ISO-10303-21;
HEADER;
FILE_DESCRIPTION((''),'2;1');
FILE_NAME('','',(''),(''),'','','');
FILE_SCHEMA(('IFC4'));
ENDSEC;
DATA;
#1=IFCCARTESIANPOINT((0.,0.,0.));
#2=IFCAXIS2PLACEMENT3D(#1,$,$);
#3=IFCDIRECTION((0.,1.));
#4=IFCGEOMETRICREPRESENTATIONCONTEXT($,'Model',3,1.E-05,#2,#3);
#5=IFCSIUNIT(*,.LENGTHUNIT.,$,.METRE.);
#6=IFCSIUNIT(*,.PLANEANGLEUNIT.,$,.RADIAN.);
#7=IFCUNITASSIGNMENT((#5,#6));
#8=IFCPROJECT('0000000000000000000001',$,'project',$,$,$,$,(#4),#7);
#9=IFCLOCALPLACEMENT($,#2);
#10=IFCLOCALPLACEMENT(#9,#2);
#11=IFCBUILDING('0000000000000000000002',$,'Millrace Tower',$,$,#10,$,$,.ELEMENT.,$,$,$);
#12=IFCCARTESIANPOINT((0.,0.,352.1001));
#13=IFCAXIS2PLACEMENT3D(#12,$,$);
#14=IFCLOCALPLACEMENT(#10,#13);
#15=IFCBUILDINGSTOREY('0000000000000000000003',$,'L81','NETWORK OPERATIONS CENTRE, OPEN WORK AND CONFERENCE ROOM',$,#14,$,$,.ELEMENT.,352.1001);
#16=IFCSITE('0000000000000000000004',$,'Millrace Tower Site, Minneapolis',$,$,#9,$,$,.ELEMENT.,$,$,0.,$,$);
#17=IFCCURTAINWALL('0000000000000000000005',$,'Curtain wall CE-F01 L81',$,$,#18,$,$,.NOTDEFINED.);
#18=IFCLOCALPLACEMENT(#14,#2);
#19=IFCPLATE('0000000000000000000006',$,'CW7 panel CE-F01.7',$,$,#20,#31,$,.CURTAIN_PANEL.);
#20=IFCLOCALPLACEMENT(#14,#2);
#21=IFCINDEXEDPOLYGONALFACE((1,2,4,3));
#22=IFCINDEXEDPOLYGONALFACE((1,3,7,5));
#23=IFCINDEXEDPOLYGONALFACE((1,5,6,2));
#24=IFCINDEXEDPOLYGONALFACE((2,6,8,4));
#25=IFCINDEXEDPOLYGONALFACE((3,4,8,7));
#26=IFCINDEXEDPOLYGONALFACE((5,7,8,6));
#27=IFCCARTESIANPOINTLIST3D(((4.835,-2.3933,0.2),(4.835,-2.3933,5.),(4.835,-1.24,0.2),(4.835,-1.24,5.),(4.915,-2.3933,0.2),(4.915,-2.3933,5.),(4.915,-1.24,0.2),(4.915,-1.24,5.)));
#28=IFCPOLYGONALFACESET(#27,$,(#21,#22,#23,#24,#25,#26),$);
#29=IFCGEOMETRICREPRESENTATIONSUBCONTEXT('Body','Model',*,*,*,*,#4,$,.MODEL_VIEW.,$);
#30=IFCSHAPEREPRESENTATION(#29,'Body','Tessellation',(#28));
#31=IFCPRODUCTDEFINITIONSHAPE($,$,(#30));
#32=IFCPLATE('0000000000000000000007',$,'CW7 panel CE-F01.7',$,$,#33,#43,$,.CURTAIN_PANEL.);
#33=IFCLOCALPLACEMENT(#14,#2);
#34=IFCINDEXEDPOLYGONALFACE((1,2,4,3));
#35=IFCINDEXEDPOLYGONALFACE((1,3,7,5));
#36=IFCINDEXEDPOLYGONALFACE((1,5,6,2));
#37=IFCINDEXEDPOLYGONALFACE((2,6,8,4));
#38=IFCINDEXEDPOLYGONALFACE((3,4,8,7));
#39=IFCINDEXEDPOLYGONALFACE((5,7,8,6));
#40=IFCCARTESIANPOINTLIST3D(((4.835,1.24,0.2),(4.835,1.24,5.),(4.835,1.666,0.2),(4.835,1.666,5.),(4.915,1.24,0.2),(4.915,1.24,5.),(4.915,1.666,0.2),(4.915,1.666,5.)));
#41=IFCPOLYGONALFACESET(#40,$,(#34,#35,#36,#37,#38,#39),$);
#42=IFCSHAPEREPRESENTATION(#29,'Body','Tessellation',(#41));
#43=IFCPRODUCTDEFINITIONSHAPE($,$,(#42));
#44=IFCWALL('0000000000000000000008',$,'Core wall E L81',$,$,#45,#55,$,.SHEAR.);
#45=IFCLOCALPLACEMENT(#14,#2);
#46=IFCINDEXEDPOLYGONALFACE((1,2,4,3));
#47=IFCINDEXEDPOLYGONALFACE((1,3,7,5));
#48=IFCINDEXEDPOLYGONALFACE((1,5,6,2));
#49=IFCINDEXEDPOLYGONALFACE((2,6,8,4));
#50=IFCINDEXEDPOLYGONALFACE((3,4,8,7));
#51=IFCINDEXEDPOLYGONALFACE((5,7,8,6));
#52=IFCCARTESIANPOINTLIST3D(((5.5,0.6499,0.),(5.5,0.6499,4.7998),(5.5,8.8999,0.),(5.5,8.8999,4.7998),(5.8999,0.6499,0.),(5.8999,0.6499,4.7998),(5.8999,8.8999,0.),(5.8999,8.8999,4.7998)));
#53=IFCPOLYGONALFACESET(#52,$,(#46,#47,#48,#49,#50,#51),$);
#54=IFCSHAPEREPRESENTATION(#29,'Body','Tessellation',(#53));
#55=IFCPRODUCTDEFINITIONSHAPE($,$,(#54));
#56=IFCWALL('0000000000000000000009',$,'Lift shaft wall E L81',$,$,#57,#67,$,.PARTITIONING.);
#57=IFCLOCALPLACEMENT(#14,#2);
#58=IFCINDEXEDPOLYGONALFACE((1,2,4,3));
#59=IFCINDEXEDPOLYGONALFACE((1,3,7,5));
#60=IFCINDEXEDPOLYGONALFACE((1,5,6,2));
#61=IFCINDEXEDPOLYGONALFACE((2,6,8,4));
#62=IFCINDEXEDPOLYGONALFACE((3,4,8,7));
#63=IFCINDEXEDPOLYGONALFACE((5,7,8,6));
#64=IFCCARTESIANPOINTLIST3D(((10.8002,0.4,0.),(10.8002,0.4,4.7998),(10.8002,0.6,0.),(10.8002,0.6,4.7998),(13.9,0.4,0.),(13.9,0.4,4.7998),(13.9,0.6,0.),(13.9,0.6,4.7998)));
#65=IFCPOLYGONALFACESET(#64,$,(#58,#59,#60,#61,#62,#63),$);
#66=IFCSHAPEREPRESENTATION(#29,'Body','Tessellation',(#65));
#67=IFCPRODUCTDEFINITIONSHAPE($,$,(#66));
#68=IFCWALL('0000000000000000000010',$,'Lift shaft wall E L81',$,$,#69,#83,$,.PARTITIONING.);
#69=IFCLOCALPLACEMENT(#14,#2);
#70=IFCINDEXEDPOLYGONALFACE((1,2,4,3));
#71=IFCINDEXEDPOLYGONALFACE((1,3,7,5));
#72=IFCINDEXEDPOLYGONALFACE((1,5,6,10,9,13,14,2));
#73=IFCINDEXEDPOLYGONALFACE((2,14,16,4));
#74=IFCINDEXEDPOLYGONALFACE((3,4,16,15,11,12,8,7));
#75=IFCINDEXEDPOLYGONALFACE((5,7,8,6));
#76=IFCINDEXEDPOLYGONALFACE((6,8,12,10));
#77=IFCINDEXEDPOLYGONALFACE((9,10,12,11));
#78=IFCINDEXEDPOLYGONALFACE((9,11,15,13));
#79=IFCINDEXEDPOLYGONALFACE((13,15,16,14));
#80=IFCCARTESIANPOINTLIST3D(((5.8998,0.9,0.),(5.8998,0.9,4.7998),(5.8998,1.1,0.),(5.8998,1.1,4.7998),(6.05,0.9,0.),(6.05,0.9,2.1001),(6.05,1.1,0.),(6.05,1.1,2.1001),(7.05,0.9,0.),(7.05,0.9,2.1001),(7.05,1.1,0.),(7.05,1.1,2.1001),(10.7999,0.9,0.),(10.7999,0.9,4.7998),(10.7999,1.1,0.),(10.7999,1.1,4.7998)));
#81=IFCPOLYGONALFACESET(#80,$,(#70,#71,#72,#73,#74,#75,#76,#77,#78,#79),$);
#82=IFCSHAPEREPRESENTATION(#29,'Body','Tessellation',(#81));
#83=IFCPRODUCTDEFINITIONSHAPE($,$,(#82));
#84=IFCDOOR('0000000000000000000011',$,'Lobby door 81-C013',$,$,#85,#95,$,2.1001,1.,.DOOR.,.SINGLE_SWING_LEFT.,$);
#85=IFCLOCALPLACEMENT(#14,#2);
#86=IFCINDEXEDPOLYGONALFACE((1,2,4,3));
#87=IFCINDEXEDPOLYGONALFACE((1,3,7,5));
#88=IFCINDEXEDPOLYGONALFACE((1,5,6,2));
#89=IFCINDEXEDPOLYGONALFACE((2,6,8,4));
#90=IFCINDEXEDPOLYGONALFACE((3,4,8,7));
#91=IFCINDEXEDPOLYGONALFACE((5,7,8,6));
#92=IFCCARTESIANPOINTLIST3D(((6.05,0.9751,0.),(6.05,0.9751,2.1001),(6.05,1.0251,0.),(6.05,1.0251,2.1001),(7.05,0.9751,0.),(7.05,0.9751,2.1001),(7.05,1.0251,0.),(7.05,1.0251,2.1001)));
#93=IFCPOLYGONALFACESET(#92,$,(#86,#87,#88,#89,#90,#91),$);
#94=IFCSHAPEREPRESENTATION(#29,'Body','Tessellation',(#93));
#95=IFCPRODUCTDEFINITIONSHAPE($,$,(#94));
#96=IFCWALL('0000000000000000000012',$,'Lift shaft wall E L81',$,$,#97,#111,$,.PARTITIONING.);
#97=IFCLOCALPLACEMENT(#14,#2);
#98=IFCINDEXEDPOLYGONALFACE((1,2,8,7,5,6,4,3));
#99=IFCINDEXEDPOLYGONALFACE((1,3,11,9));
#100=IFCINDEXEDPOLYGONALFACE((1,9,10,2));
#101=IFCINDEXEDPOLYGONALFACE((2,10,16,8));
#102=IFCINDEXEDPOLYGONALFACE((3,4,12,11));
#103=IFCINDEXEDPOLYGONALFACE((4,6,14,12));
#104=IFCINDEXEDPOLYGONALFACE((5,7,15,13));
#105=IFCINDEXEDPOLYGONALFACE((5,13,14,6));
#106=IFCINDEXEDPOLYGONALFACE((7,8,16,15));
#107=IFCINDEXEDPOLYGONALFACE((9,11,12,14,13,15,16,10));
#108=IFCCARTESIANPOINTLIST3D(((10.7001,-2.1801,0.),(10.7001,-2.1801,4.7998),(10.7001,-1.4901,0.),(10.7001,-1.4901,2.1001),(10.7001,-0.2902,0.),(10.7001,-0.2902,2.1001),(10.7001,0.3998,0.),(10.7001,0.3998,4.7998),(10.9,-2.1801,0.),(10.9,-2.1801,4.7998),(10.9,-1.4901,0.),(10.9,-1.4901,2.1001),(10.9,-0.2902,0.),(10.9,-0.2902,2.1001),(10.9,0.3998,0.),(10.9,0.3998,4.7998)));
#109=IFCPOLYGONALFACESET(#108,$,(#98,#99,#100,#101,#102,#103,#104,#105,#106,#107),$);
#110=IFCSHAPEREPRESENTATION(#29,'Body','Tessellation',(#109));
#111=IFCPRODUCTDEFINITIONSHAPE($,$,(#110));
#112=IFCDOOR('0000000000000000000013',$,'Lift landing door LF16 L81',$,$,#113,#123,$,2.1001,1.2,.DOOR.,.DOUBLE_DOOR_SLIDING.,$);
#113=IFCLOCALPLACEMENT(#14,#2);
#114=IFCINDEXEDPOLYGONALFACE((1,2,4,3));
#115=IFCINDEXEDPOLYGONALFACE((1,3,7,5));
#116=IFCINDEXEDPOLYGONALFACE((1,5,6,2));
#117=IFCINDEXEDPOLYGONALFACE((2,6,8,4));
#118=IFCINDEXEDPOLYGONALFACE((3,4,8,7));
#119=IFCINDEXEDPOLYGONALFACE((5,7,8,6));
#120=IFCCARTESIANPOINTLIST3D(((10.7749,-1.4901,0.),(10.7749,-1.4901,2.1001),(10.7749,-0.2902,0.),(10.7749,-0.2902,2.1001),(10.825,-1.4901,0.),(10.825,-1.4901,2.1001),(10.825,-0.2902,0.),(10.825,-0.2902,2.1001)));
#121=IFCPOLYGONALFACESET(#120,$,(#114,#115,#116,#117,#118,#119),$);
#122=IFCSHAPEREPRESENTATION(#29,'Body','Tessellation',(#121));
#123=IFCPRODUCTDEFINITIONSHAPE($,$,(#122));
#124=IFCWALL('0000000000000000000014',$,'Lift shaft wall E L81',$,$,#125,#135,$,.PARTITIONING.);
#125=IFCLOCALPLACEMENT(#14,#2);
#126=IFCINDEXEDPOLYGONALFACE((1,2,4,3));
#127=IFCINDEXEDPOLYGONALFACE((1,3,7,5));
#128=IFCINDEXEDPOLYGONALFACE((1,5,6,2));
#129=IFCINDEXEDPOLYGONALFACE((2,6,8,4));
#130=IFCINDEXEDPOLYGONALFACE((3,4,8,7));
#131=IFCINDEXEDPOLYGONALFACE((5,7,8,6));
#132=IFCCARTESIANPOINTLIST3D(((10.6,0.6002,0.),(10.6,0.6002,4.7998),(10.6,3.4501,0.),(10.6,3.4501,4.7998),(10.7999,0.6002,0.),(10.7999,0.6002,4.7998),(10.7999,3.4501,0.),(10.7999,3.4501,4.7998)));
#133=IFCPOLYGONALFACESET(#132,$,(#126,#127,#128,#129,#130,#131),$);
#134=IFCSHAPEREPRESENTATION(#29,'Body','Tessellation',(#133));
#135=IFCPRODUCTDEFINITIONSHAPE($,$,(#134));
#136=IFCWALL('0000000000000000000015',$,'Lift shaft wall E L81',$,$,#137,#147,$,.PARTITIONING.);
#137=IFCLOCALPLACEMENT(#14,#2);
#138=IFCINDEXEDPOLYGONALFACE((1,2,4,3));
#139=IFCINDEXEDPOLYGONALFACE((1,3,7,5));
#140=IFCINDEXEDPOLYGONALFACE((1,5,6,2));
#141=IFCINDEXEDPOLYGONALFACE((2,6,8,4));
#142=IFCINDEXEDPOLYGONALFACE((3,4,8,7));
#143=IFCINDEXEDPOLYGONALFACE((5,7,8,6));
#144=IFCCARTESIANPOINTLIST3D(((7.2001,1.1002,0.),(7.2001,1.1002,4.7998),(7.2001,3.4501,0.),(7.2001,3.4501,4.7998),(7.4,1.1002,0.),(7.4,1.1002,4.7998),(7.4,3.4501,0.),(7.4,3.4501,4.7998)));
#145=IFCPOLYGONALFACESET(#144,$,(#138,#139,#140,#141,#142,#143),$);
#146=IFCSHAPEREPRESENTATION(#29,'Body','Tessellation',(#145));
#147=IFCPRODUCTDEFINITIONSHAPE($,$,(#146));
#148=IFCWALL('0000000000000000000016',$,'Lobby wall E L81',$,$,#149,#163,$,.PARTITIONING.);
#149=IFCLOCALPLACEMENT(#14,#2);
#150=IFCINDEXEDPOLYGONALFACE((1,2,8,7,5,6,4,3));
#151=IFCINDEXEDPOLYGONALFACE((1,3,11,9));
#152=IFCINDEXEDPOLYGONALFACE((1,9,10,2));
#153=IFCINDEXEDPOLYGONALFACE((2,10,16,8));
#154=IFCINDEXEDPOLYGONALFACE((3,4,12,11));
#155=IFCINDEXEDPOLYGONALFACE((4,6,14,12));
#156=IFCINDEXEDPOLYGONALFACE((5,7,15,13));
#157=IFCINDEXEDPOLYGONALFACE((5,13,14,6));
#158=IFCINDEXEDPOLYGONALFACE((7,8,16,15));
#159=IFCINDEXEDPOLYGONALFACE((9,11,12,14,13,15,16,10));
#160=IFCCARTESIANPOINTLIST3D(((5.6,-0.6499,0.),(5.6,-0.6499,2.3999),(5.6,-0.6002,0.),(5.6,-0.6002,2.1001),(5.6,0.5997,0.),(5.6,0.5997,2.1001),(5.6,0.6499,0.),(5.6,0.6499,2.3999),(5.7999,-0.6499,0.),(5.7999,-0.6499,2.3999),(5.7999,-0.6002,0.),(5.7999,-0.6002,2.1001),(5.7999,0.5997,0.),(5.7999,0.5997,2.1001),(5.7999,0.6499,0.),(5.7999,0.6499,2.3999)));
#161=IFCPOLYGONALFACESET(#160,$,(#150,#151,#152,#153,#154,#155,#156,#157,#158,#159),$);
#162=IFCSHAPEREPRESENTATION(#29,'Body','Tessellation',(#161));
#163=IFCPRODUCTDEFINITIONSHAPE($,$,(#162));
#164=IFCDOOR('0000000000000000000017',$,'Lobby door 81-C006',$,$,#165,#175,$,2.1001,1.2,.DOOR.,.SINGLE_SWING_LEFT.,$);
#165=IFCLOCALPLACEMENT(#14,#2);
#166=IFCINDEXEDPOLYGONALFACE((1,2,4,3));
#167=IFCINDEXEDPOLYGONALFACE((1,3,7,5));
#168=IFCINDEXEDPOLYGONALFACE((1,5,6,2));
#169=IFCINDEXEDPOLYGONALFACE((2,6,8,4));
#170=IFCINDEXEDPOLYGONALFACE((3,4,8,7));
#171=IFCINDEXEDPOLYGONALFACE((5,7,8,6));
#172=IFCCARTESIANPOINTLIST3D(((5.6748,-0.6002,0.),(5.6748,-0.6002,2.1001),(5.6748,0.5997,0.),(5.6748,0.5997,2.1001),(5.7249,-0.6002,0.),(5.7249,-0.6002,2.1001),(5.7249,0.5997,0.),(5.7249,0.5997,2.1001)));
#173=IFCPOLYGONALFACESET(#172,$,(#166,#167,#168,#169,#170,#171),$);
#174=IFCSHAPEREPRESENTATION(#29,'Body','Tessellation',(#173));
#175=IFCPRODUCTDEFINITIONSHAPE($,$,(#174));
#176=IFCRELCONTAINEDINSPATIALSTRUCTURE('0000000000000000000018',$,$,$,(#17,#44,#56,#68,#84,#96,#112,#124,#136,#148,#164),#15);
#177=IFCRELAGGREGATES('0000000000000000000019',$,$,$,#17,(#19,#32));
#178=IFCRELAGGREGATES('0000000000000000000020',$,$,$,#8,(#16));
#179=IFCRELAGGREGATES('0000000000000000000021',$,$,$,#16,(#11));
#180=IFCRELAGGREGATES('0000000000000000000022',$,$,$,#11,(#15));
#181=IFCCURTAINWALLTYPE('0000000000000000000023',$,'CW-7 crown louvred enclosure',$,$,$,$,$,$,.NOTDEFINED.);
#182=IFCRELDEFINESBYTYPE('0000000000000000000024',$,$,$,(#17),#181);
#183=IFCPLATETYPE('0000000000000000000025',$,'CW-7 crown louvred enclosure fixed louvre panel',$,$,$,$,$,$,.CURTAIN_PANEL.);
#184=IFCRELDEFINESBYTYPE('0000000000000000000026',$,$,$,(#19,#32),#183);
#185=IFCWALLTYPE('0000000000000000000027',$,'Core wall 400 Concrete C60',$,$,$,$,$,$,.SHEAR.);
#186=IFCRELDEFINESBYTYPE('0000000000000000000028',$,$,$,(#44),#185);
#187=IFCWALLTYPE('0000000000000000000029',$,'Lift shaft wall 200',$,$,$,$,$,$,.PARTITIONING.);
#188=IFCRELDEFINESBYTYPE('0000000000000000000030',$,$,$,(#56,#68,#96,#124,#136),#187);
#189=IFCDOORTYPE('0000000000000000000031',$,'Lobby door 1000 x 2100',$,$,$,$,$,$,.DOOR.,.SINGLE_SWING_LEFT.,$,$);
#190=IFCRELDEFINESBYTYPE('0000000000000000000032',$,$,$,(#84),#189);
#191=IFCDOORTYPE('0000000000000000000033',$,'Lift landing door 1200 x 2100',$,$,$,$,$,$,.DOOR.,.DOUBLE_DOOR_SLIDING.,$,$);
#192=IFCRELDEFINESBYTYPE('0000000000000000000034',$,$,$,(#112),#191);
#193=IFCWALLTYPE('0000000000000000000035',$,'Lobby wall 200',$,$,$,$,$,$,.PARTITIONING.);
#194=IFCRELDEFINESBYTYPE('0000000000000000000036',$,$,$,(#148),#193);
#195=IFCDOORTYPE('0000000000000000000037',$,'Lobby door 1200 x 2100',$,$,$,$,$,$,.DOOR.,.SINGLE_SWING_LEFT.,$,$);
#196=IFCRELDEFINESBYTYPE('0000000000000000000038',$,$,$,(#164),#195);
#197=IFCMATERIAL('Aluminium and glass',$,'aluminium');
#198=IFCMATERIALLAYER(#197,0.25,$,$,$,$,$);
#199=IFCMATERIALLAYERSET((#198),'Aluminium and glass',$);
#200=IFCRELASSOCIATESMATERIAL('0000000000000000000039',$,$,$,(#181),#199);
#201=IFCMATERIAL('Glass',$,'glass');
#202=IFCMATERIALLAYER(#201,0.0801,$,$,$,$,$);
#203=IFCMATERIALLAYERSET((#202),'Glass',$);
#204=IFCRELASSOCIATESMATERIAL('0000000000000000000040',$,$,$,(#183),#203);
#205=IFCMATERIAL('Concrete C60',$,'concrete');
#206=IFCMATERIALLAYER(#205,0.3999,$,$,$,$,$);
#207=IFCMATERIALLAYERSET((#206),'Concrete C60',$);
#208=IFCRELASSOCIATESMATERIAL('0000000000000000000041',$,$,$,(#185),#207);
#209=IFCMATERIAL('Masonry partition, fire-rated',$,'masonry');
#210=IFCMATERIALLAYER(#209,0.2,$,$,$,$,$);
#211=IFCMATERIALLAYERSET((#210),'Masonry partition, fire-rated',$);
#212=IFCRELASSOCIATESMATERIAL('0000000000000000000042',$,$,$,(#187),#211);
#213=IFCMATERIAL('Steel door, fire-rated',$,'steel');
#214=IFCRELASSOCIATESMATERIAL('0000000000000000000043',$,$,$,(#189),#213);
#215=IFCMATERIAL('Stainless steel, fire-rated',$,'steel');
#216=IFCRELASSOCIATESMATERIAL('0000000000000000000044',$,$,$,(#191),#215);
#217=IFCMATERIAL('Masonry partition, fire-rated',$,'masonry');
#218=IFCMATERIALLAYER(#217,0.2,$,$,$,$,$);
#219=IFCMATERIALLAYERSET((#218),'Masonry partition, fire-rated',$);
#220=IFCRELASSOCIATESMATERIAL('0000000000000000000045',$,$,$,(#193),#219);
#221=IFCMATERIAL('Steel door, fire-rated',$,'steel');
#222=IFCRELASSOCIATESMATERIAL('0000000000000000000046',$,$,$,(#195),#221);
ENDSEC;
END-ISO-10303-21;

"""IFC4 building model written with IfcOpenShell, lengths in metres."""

from ifc_helpers import new_model, si_unit, direction, frame, frame_2d, origin, place, context, subcontext, project, spatial, polyline, rectangle, outline, extrude, material, layer, layer_set, type_object, element, fill, aggregate, save


model = new_model("IFC4")

# Units and contexts
model_context = context("Model", 3, precision=1e-05, world=origin(), true_north=direction((0.0, 1.0)))
body_context = subcontext(model_context, "Body", "Model", "MODEL_VIEW")
ifc_project = project(units=[si_unit("LENGTHUNIT", "METRE"), si_unit("PLANEANGLEUNIT", "RADIAN")], contexts=[model_context])

# Site, building, storey
site_placement = place(None, origin())
site = spatial("IfcSite", under=ifc_project, at=site_placement, Name="Millrace Tower Site, Minneapolis", CompositionType="ELEMENT", RefElevation=0.0)
building_placement = place(site_placement, origin())
building = spatial("IfcBuilding", under=site, at=building_placement, Name="Millrace Tower", CompositionType="ELEMENT")
storey_placement = place(building_placement, frame((0.0, 0.0, 352.1001)))
storey = spatial("IfcBuildingStorey", under=building, at=storey_placement, Name="L81", Description="NETWORK OPERATIONS CENTRE, OPEN WORK AND CONFERENCE ROOM", CompositionType="ELEMENT", Elevation=352.1001)

# Curtain wall
ifc_material_1 = material(Name="Aluminium and glass", Category="aluminium")
ifc_layer_1 = layer(ifc_material_1, 0.25)
ifc_layer_set_1 = layer_set([ifc_layer_1], Name="Aluminium and glass")
curtain_wall_type = type_object("IfcCurtainWallType", Name="CW-7 crown louvred enclosure", PredefinedType="NOTDEFINED", material=ifc_layer_set_1)
curtain_wall_placement = place(storey_placement, origin())
curtain_wall = element("IfcCurtainWall", 1, at=curtain_wall_placement, inside=storey, type_object=curtain_wall_type, Name="Curtain wall CE-F01 L81", PredefinedType="NOTDEFINED")

# Plates
ifc_material_2 = material(Name="Glass", Category="glass")
ifc_layer_2 = layer(ifc_material_2, 0.0801)
ifc_layer_set_2 = layer_set([ifc_layer_2], Name="Glass")
plate_type = type_object("IfcPlateType", Name="CW-7 crown louvred enclosure fixed louvre panel", PredefinedType="CURTAIN_PANEL", material=ifc_layer_set_2)
placement = place(storey_placement, frame((0.0, 0.0, 0.2)))
plate_1 = element("IfcPlate", 2, at=placement, type_object=plate_type, Name="CW7 panel CE-F01.7", PredefinedType="CURTAIN_PANEL", context=body_context, shape_type="SweptSolid", body=[
    extrude(outline(polyline([(4.835, -1.24), (4.835, -2.3933), (4.915, -2.3933), (4.915, -1.24), (4.835, -1.24)])), origin(), (0.0, 0.0, 1.0), 4.8),
])
plate_2 = element("IfcPlate", 3, at=placement, type_object=plate_type, Name="CW7 panel CE-F01.7", PredefinedType="CURTAIN_PANEL", context=body_context, shape_type="SweptSolid", body=[
    extrude(outline(polyline([(4.835, 1.666), (4.835, 1.24), (4.915, 1.24), (4.915, 1.666), (4.835, 1.666)])), origin(), (0.0, 0.0, 1.0), 4.8),
])
aggregate(curtain_wall, [plate_1, plate_2])

# Walls
ifc_material_3 = material(Name="Concrete C60", Category="concrete")
ifc_layer_3 = layer(ifc_material_3, 0.3999)
ifc_layer_set_3 = layer_set([ifc_layer_3], Name="Concrete C60")
wall_type_1 = type_object("IfcWallType", Name="Core wall 400 Concrete C60", PredefinedType="SHEAR", material=ifc_layer_set_3)
wall_1_placement = place(storey_placement, frame((5.7, 8.8999, 0.0), z_axis=(0.0, 0.0, 1.0), x_axis=(0.0, -1.0, 0.0)))
element("IfcWall", 4, at=wall_1_placement, inside=storey, type_object=wall_type_1, Name="Core wall E L81", PredefinedType="SHEAR", context=body_context, shape_type="SweptSolid", body=[
    extrude(rectangle(XDim=8.25, YDim=0.3999, at=frame_2d((4.125, 0.0))), origin(), (0.0, 0.0, 1.0), 4.7998),
])
ifc_material_4 = material(Name="Masonry partition, fire-rated", Category="masonry")
ifc_layer_4 = layer(ifc_material_4, 0.2)
ifc_layer_set_4 = layer_set([ifc_layer_4], Name="Masonry partition, fire-rated")
wall_type_2 = type_object("IfcWallType", Name="Lift shaft wall 200", PredefinedType="PARTITIONING", material=ifc_layer_set_4)
wall_2_placement = place(storey_placement, frame((13.8999, 0.5, 0.0), z_axis=(0.0, 0.0, 1.0), x_axis=(-1.0, 0.0, 0.0)))
element("IfcWall", 5, at=wall_2_placement, inside=storey, type_object=wall_type_2, Name="Lift shaft wall E L81", PredefinedType="PARTITIONING", context=body_context, shape_type="SweptSolid", body=[
    extrude(rectangle(XDim=3.0999, YDim=0.2, at=frame_2d((1.5498, 0.0))), origin(), (0.0, 0.0, 1.0), 4.7998),
])

# Walls, openings, doors
wall_3_placement = place(storey_placement, frame((10.8, 1.0, 0.0), z_axis=(0.0, 0.0, 1.0), x_axis=(-1.0, 0.0, 0.0)))
wall_3 = element("IfcWall", 6, at=wall_3_placement, inside=storey, type_object=wall_type_2, Name="Lift shaft wall E L81", PredefinedType="PARTITIONING", context=body_context, shape_type="SweptSolid", body=[
    extrude(rectangle(XDim=4.9001, YDim=0.2, at=frame_2d((2.4502, 0.0))), origin(), (0.0, 0.0, 1.0), 4.7998),
])
opening_1_placement = place(wall_3_placement, frame((3.75, 0.0, 0.0)))
opening_1 = element("IfcOpeningElement", 7, at=opening_1_placement, cuts=wall_3, PredefinedType="OPENING", context=body_context, shape_type="SweptSolid", body=[
    extrude(rectangle(XDim=1.0, YDim=2.1001, at=frame_2d((0.5, 1.05))), frame((0.0, 0.1099, 0.0), z_axis=(0.0, -1.0, 0.0), x_axis=(1.0, 0.0, 0.0)), (0.0, 0.0, 1.0), 0.22),
])
ifc_material_5 = material(Name="Steel door, fire-rated", Category="steel")
door_type_1 = type_object("IfcDoorType", Name="Lobby door 1000 x 2100", OperationType="SINGLE_SWING_LEFT", PredefinedType="DOOR", material=ifc_material_5)
door_1_placement = place(opening_1_placement, origin())
door_1 = element("IfcDoor", 8, at=door_1_placement, inside=storey, type_object=door_type_1, Name="Lobby door 81-C013", OperationType="SINGLE_SWING_LEFT", OverallHeight=2.1001, OverallWidth=1.0, PredefinedType="DOOR", context=body_context, shape_type="SweptSolid", body=[
    extrude(rectangle(XDim=1.0, YDim=2.1001, at=frame_2d((0.5, 1.05))), frame((0.0, 0.0249, 0.0), z_axis=(0.0, -1.0, 0.0), x_axis=(1.0, 0.0, 0.0)), (0.0, 0.0, 1.0), 0.05),
])
fill(opening_1, door_1)
wall_4_placement = place(storey_placement, frame((10.8, 0.3999, 0.0), z_axis=(0.0, 0.0, 1.0), x_axis=(0.0, -1.0, 0.0)))
wall_4 = element("IfcWall", 9, at=wall_4_placement, inside=storey, type_object=wall_type_2, Name="Lift shaft wall E L81", PredefinedType="PARTITIONING", context=body_context, shape_type="SweptSolid", body=[
    extrude(rectangle(XDim=2.5798, YDim=0.2, at=frame_2d((1.29, 0.0))), origin(), (0.0, 0.0, 1.0), 4.7998),
])
opening_2_placement = place(wall_4_placement, frame((0.6899, 0.0, 0.0)))
opening_2 = element("IfcOpeningElement", 10, at=opening_2_placement, cuts=wall_4, PredefinedType="OPENING", context=body_context, shape_type="SweptSolid", body=[
    extrude(rectangle(XDim=1.2, YDim=2.1001, at=frame_2d((0.6001, 1.05))), frame((0.0, 0.1099, 0.0), z_axis=(0.0, -1.0, 0.0), x_axis=(1.0, 0.0, 0.0)), (0.0, 0.0, 1.0), 0.22),
])
ifc_material_6 = material(Name="Stainless steel, fire-rated", Category="steel")
door_type_2 = type_object("IfcDoorType", Name="Lift landing door 1200 x 2100", OperationType="DOUBLE_DOOR_SLIDING", PredefinedType="DOOR", material=ifc_material_6)
door_2_placement = place(opening_2_placement, origin())
door_2 = element("IfcDoor", 11, at=door_2_placement, inside=storey, type_object=door_type_2, Name="Lift landing door LF16 L81", OperationType="DOUBLE_DOOR_SLIDING", OverallHeight=2.1001, OverallWidth=1.2, PredefinedType="DOOR", context=body_context, shape_type="SweptSolid", body=[
    extrude(rectangle(XDim=1.2, YDim=2.1001, at=frame_2d((0.6001, 1.05))), frame((0.0, 0.0249, 0.0), z_axis=(0.0, -1.0, 0.0), x_axis=(1.0, 0.0, 0.0)), (0.0, 0.0, 1.0), 0.05),
])
fill(opening_2, door_2)

# Walls
wall_5_placement = place(storey_placement, frame((10.7, 3.45, 0.0), z_axis=(0.0, 0.0, 1.0), x_axis=(0.0, -1.0, 0.0)))
element("IfcWall", 12, at=wall_5_placement, inside=storey, type_object=wall_type_2, Name="Lift shaft wall E L81", PredefinedType="PARTITIONING", context=body_context, shape_type="SweptSolid", body=[
    extrude(rectangle(XDim=2.8499, YDim=0.2, at=frame_2d((1.4248, 0.0))), origin(), (0.0, 0.0, 1.0), 4.7998),
])
wall_6_placement = place(storey_placement, frame((7.3, 3.45, 0.0), z_axis=(0.0, 0.0, 1.0), x_axis=(0.0, -1.0, 0.0)))
element("IfcWall", 13, at=wall_6_placement, inside=storey, type_object=wall_type_2, Name="Lift shaft wall E L81", PredefinedType="PARTITIONING", context=body_context, shape_type="SweptSolid", body=[
    extrude(rectangle(XDim=2.3499, YDim=0.2, at=frame_2d((1.1748, 0.0))), origin(), (0.0, 0.0, 1.0), 4.7998),
])

# Wall, opening, door
ifc_material_7 = material(Name="Masonry partition, fire-rated", Category="masonry")
ifc_layer_5 = layer(ifc_material_7, 0.2)
ifc_layer_set_5 = layer_set([ifc_layer_5], Name="Masonry partition, fire-rated")
wall_type_3 = type_object("IfcWallType", Name="Lobby wall 200", PredefinedType="PARTITIONING", material=ifc_layer_set_5)
wall_7_placement = place(storey_placement, frame((5.7, 0.6499, 0.0), z_axis=(0.0, 0.0, 1.0), x_axis=(0.0, -1.0, 0.0)))
wall_7 = element("IfcWall", 14, at=wall_7_placement, inside=storey, type_object=wall_type_3, Name="Lobby wall E L81", PredefinedType="PARTITIONING", context=body_context, shape_type="SweptSolid", body=[
    extrude(rectangle(XDim=1.2998, YDim=0.2, at=frame_2d((0.6499, 0.0))), origin(), (0.0, 0.0, 1.0), 2.3999),
])
opening_3_placement = place(wall_7_placement, frame((0.05, 0.0, 0.0)))
opening_3 = element("IfcOpeningElement", 15, at=opening_3_placement, cuts=wall_7, PredefinedType="OPENING", context=body_context, shape_type="SweptSolid", body=[
    extrude(rectangle(XDim=1.2, YDim=2.1001, at=frame_2d((0.6001, 1.05))), frame((0.0, 0.1099, 0.0), z_axis=(0.0, -1.0, 0.0), x_axis=(1.0, 0.0, 0.0)), (0.0, 0.0, 1.0), 0.22),
])
ifc_material_8 = material(Name="Steel door, fire-rated", Category="steel")
door_type_3 = type_object("IfcDoorType", Name="Lobby door 1200 x 2100", OperationType="SINGLE_SWING_LEFT", PredefinedType="DOOR", material=ifc_material_8)
door_3_placement = place(opening_3_placement, origin())
door_3 = element("IfcDoor", 16, at=door_3_placement, inside=storey, type_object=door_type_3, Name="Lobby door 81-C006", OperationType="SINGLE_SWING_LEFT", OverallHeight=2.1001, OverallWidth=1.2, PredefinedType="DOOR", context=body_context, shape_type="SweptSolid", body=[
    extrude(rectangle(XDim=1.2, YDim=2.1001, at=frame_2d((0.6001, 1.05))), frame((0.0, 0.0249, 0.0), z_axis=(0.0, -1.0, 0.0), x_axis=(1.0, 0.0, 0.0)), (0.0, 0.0, 1.0), 0.05),
])
fill(opening_3, door_3)

save(model, "model.ifc")
